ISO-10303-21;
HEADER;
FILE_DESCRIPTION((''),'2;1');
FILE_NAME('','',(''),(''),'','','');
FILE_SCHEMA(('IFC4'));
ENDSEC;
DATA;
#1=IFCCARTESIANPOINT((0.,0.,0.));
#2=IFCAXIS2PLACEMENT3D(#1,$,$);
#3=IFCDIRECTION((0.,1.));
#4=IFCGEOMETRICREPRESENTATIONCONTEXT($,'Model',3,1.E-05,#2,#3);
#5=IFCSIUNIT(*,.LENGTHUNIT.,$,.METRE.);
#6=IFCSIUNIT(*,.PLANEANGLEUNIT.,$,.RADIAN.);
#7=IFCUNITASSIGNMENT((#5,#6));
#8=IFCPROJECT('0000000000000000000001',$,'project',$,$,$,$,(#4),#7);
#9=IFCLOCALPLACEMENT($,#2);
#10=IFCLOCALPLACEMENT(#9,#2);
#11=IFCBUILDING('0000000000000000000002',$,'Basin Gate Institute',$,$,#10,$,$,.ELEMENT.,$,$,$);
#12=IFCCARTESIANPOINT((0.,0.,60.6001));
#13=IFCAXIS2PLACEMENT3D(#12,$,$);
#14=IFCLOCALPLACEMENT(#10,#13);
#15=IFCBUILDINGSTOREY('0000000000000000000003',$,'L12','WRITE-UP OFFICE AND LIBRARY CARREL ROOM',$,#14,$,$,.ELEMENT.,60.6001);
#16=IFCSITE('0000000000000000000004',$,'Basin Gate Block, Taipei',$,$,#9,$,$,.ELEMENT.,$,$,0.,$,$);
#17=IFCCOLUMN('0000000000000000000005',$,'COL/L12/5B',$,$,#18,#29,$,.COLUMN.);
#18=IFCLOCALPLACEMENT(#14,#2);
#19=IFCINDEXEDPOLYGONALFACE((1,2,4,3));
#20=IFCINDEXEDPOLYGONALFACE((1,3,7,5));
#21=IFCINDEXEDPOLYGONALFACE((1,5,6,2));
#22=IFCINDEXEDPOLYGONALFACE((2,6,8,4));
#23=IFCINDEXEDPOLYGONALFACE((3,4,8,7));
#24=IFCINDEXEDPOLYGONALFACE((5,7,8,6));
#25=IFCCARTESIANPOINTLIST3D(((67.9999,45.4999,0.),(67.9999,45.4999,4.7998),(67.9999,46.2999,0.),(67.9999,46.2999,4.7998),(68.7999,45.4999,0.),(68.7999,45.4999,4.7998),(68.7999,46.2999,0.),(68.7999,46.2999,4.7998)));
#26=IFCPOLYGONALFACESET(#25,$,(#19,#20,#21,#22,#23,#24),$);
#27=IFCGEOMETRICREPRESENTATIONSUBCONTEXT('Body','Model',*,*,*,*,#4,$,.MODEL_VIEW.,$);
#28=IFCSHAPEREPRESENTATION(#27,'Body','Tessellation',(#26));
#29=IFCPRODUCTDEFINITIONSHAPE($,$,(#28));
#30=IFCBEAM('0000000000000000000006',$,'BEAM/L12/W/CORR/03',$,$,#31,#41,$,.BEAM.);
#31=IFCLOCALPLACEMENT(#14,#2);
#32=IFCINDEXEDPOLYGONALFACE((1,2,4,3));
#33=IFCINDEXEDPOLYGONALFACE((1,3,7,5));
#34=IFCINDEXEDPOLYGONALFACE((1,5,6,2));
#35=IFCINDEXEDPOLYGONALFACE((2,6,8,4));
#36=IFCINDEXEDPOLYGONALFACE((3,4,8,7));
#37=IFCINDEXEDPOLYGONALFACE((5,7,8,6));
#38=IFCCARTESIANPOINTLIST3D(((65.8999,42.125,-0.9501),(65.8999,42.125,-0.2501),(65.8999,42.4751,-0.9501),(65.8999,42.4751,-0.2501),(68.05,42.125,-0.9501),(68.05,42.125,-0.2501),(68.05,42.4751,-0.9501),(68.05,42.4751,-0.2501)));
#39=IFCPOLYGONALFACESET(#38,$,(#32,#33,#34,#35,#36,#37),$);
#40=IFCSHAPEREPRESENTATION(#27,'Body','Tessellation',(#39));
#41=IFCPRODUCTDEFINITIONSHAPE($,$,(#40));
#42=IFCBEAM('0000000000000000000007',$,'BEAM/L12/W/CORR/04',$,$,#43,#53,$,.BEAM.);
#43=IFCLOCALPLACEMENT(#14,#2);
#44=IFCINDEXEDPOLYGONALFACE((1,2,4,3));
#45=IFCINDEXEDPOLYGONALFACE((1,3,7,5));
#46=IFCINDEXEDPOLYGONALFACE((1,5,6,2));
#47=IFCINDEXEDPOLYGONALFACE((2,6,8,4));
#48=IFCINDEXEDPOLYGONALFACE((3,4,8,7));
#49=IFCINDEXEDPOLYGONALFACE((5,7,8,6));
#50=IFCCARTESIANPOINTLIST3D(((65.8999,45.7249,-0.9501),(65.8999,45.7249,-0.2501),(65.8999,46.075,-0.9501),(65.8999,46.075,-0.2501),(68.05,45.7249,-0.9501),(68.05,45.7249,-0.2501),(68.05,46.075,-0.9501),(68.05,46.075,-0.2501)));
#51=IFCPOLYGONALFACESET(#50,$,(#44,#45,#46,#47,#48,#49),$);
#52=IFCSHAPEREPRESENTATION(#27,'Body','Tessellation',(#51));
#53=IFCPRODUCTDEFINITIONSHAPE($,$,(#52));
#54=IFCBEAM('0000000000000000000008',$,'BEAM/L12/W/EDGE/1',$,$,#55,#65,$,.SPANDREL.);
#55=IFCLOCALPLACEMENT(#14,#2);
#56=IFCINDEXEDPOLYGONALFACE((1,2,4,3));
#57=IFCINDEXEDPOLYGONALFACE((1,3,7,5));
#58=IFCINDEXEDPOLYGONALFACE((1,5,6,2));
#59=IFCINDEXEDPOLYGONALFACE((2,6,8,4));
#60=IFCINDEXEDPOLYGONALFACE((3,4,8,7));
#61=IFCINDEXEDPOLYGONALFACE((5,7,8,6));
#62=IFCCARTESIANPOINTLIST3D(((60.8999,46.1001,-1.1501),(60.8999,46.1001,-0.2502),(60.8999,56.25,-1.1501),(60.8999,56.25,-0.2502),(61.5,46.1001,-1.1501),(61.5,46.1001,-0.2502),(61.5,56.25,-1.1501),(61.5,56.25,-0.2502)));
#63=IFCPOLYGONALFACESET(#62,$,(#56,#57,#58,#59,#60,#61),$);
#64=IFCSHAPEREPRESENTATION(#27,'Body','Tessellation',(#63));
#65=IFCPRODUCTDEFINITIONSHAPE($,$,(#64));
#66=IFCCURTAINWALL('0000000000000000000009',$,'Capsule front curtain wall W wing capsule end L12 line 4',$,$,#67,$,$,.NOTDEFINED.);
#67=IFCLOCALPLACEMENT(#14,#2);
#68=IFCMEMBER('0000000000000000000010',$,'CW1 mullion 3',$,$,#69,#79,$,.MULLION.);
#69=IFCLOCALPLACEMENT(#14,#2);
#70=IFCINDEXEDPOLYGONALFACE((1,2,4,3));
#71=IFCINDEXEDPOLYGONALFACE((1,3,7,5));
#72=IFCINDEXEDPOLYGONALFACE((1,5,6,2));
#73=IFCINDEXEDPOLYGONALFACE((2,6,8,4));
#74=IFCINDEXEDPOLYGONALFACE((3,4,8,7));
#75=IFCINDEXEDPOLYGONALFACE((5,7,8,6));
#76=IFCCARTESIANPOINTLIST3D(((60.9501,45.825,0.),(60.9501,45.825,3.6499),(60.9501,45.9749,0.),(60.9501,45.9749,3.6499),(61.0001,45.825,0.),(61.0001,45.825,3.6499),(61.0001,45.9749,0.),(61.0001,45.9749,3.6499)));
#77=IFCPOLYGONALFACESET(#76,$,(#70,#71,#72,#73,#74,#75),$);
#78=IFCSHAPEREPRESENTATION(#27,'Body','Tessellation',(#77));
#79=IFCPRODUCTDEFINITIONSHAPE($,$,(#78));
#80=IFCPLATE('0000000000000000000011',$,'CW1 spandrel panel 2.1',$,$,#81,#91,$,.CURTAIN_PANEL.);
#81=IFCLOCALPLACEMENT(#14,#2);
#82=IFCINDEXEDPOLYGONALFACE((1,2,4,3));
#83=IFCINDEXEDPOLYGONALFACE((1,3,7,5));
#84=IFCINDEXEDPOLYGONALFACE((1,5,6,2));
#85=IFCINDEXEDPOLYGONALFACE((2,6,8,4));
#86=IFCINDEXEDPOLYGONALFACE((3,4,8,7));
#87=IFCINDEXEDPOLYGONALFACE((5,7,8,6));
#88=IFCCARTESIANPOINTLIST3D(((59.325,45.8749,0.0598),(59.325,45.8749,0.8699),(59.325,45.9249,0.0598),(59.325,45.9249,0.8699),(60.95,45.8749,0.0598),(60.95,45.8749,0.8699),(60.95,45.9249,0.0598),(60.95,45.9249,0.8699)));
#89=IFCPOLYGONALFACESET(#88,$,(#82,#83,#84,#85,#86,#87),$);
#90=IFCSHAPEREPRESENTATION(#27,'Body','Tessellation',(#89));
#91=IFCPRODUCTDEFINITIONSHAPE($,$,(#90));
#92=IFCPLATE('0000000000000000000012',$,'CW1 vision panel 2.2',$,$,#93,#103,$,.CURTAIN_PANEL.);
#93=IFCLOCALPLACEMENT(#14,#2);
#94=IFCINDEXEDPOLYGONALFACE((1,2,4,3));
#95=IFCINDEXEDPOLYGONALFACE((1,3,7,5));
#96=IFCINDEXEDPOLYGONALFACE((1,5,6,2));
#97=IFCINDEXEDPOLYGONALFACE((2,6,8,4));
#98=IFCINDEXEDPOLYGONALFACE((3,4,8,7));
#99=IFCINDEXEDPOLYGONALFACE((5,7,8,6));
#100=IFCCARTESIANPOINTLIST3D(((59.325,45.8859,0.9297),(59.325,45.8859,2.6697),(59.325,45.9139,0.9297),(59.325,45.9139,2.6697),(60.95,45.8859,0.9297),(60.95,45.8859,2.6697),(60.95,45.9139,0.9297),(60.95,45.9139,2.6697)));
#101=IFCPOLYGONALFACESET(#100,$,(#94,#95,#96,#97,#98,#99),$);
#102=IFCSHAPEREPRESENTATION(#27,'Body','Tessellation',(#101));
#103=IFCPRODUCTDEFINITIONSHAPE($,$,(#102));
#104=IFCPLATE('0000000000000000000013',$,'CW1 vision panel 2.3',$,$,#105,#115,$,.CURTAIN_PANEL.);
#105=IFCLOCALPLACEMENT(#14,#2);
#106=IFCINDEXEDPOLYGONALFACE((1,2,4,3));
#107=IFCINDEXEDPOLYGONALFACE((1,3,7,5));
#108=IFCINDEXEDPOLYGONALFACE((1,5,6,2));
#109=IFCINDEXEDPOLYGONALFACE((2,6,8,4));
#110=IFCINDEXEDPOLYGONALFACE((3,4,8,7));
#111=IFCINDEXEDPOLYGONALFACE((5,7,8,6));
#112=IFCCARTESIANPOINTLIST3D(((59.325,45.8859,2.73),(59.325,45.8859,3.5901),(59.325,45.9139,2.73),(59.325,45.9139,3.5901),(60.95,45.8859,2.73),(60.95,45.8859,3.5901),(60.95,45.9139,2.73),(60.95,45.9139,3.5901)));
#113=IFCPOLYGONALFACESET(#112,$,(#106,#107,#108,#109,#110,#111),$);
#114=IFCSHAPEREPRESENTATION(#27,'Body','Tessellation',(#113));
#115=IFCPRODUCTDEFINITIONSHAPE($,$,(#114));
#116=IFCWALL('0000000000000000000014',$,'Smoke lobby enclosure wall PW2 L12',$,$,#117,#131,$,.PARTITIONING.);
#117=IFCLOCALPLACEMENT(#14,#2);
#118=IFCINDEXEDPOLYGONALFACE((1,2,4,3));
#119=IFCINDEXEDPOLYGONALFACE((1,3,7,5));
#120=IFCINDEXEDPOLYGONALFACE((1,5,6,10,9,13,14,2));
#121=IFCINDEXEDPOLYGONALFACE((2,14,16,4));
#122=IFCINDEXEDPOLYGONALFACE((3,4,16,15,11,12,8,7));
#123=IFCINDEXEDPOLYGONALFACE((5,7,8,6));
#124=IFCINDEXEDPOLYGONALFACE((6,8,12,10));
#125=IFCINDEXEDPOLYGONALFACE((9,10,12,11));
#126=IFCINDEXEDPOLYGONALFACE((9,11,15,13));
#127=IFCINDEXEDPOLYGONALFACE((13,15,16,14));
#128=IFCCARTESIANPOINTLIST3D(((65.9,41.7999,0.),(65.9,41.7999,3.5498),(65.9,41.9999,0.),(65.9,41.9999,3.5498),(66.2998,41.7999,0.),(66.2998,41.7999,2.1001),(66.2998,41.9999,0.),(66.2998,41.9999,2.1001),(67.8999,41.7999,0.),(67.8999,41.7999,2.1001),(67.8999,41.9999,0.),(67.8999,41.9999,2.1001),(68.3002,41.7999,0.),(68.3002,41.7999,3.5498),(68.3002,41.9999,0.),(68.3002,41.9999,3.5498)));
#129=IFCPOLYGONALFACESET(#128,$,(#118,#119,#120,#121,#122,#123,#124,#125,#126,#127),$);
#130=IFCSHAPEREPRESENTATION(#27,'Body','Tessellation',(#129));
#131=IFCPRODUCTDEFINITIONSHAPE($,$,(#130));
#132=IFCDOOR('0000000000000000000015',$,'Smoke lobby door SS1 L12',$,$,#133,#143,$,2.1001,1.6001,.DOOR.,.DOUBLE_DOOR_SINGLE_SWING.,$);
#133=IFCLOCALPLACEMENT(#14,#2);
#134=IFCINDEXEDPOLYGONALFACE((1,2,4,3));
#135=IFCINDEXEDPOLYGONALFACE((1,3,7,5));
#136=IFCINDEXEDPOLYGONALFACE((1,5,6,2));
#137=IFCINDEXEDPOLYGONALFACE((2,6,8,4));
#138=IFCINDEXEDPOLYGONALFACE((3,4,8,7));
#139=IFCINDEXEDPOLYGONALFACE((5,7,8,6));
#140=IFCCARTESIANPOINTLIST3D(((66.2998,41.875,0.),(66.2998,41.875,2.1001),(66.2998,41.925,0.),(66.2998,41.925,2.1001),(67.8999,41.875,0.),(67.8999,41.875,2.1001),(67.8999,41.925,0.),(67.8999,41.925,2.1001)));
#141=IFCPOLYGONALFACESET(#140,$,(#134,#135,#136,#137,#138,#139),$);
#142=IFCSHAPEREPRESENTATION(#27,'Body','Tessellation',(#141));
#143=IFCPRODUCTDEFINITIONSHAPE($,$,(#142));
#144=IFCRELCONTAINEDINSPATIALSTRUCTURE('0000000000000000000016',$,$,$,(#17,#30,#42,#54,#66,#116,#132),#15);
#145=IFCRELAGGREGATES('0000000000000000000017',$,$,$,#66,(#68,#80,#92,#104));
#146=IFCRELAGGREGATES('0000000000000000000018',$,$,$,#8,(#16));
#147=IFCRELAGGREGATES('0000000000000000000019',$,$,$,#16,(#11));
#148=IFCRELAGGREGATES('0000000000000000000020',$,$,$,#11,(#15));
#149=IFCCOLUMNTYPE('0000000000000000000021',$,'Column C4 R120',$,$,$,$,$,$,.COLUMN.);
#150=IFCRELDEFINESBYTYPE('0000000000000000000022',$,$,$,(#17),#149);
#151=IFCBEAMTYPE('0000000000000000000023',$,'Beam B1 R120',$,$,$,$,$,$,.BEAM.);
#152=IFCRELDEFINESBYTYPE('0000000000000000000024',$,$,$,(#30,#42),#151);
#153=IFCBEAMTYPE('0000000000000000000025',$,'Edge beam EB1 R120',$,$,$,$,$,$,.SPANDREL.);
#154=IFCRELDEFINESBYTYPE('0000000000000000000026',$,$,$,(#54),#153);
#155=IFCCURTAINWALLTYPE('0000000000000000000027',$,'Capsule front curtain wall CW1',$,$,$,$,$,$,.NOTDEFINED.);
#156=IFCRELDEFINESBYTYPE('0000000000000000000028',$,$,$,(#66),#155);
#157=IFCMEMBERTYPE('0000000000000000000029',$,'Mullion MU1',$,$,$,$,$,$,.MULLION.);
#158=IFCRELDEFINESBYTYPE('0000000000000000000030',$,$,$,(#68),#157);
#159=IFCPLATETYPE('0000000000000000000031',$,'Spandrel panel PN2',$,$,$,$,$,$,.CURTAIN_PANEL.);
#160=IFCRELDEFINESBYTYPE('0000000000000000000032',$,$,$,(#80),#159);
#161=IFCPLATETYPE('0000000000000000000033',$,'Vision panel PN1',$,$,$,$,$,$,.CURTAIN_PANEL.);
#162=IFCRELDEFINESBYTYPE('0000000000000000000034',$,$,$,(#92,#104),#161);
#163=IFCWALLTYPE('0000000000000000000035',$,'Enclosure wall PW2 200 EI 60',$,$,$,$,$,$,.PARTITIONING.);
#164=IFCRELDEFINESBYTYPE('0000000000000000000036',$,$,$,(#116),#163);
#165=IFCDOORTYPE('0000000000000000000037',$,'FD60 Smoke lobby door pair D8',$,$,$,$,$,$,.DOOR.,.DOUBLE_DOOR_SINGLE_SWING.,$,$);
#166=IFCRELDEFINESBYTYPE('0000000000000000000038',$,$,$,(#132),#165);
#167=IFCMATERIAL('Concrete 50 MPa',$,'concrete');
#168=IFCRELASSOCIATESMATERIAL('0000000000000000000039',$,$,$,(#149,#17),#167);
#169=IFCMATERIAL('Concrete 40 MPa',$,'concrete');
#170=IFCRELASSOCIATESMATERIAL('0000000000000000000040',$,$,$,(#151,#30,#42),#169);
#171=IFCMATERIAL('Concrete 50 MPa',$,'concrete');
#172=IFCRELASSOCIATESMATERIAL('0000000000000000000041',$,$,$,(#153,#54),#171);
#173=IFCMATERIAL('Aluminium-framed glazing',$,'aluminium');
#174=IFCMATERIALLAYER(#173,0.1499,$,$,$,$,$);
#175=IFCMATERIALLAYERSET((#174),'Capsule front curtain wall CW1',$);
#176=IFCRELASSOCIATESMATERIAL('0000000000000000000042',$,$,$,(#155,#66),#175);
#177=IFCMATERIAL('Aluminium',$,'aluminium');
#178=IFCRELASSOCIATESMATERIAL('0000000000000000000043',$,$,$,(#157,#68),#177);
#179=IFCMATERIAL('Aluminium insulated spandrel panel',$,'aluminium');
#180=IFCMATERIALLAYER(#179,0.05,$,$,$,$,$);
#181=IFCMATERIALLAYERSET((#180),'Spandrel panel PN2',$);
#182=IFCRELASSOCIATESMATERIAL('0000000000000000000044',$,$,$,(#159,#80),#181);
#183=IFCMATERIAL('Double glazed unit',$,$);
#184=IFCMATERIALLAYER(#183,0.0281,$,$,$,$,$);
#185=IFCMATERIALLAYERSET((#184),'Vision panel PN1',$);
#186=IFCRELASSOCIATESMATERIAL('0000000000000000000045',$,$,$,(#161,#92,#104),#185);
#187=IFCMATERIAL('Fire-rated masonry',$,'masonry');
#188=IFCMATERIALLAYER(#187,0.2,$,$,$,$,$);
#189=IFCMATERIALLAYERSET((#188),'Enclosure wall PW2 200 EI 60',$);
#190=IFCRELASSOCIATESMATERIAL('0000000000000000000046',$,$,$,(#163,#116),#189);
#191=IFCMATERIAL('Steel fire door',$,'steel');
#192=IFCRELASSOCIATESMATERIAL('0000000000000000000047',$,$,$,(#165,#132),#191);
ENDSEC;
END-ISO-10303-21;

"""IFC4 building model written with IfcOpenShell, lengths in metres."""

from ifc_helpers import new_model, si_unit, direction, frame, frame_2d, origin, origin_2d, place, context, subcontext, project, spatial, rectangle, extrude, material, layer, layer_set, material_profile, profile_set, type_object, element, fill, aggregate, save


model = new_model("IFC4")

# Units and contexts
model_context = context("Model", 3, precision=1e-05, world=origin(), true_north=direction((0.0, 1.0)))
body_context = subcontext(model_context, "Body", "Model", "MODEL_VIEW")
ifc_project = project(units=[si_unit("LENGTHUNIT", "METRE"), si_unit("PLANEANGLEUNIT", "RADIAN")], contexts=[model_context])

# Site, building, storey
site_placement = place(None, origin())
site = spatial("IfcSite", under=ifc_project, at=site_placement, Name="Basin Gate Block, Taipei", CompositionType="ELEMENT", RefElevation=0.0)
building_placement = place(site_placement, origin())
building = spatial("IfcBuilding", under=site, at=building_placement, Name="Basin Gate Institute", CompositionType="ELEMENT")
storey_placement = place(building_placement, frame((0.0, 0.0, 60.6001)))
storey = spatial("IfcBuildingStorey", under=building, at=storey_placement, Name="L12", Description="WRITE-UP OFFICE AND LIBRARY CARREL ROOM", CompositionType="ELEMENT", Elevation=60.6001)

# Column
ifc_material_1 = material(Name="Concrete 50 MPa", Category="concrete")
ifc_material_profile_1 = material_profile(ifc_material_1, rectangle(XDim=0.8, YDim=0.8, at=origin_2d()), Name="Column C4 800 x 800")
ifc_profile_set_1 = profile_set([ifc_material_profile_1], Name="Concrete 50 MPa")
column_type = type_object("IfcColumnType", Name="Column C4 R120", PredefinedType="COLUMN", material=ifc_profile_set_1)
column_placement = place(storey_placement, frame((68.3999, 45.8999, 0.0), z_axis=(0.0, 0.0, 1.0), x_axis=(1.0, 0.0, 0.0)))
element("IfcColumn", 1, at=column_placement, inside=storey, type_object=column_type, material=ifc_profile_set_1, Name="COL/L12/5B", PredefinedType="COLUMN", context=body_context, shape_type="SweptSolid", body=[
    extrude(rectangle(XDim=0.8, YDim=0.8, at=origin_2d()), origin(), (0.0, 0.0, 1.0), 4.7998),
])

# Beams
ifc_material_2 = material(Name="Concrete 40 MPa", Category="concrete")
ifc_material_profile_2 = material_profile(ifc_material_2, rectangle(XDim=0.3501, YDim=0.7, at=origin_2d()), Name="Beam B1 350 x 700")
ifc_profile_set_2 = profile_set([ifc_material_profile_2], Name="Concrete 40 MPa")
beam_type_1 = type_object("IfcBeamType", Name="Beam B1 R120", PredefinedType="BEAM", material=ifc_profile_set_2)
for number, where, z_axis, x_axis, name in (
    (2, (65.8999, 42.3, -0.6001), (1.0, 0.0, 0.0), (0.0, 1.0, 0.0), "BEAM/L12/W/CORR/03"),
    (3, (65.8999, 45.8999, -0.6001), (1.0, 0.0, 0.0), (0.0, 1.0, 0.0), "BEAM/L12/W/CORR/04"),
):
    element("IfcBeam", number, at=place(storey_placement, frame(where, z_axis=z_axis, x_axis=x_axis)), inside=storey, type_object=beam_type_1, material=ifc_profile_set_2, Name=name, PredefinedType="BEAM", context=body_context, shape_type="SweptSolid", body=[
        extrude(rectangle(XDim=0.3501, YDim=0.7, at=origin_2d()), origin(), (0.0, 0.0, 1.0), 2.1501),
    ])
ifc_material_3 = material(Name="Concrete 50 MPa", Category="concrete")
ifc_material_profile_3 = material_profile(ifc_material_3, rectangle(XDim=0.6001, YDim=0.8999, at=origin_2d()), Name="Edge beam EB1 600 x 900")
ifc_profile_set_3 = profile_set([ifc_material_profile_3], Name="Concrete 50 MPa")
beam_type_2 = type_object("IfcBeamType", Name="Edge beam EB1 R120", PredefinedType="SPANDREL", material=ifc_profile_set_3)
beam_placement = place(storey_placement, frame((61.2, 46.1001, -0.7002), z_axis=(0.0, 1.0, 0.0), x_axis=(-1.0, 0.0, 0.0)))
element("IfcBeam", 4, at=beam_placement, inside=storey, type_object=beam_type_2, material=ifc_profile_set_3, Name="BEAM/L12/W/EDGE/1", PredefinedType="SPANDREL", context=body_context, shape_type="SweptSolid", body=[
    extrude(rectangle(XDim=0.6001, YDim=0.8999, at=origin_2d()), origin(), (0.0, 0.0, 1.0), 10.1499),
])

# Curtain wall, member, plates
ifc_material_4 = material(Name="Aluminium-framed glazing", Category="aluminium")
ifc_layer_1 = layer(ifc_material_4, 0.1499)
ifc_layer_set_1 = layer_set([ifc_layer_1], Name="Capsule front curtain wall CW1")
curtain_wall_type = type_object("IfcCurtainWallType", Name="Capsule front curtain wall CW1", PredefinedType="NOTDEFINED", material=ifc_layer_set_1)
curtain_wall_placement = place(storey_placement, origin())
curtain_wall = element("IfcCurtainWall", 5, at=curtain_wall_placement, inside=storey, type_object=curtain_wall_type, material=ifc_layer_set_1, Name="Capsule front curtain wall W wing capsule end L12 line 4", PredefinedType="NOTDEFINED")
ifc_material_5 = material(Name="Aluminium", Category="aluminium")
ifc_material_profile_4 = material_profile(ifc_material_5, rectangle(XDim=0.1499, YDim=0.05, at=origin_2d()), Name="Mullion MU1 150 x 50")
ifc_profile_set_4 = profile_set([ifc_material_profile_4], Name="Aluminium")
member_type = type_object("IfcMemberType", Name="Mullion MU1", PredefinedType="MULLION", material=ifc_profile_set_4)
member_placement = place(storey_placement, frame((60.9751, 45.8999, 0.0), z_axis=(0.0, 0.0, 1.0), x_axis=(0.0, 1.0, 0.0)))
member = element("IfcMember", 6, at=member_placement, type_object=member_type, material=ifc_profile_set_4, Name="CW1 mullion 3", PredefinedType="MULLION", context=body_context, shape_type="SweptSolid", body=[
    extrude(rectangle(XDim=0.1499, YDim=0.05, at=origin_2d()), origin(), (0.0, 0.0, 1.0), 3.6499),
])
ifc_material_6 = material(Name="Aluminium insulated spandrel panel", Category="aluminium")
ifc_layer_2 = layer(ifc_material_6, 0.05)
ifc_layer_set_2 = layer_set([ifc_layer_2], Name="Spandrel panel PN2")
plate_type_1 = type_object("IfcPlateType", Name="Spandrel panel PN2", PredefinedType="CURTAIN_PANEL", material=ifc_layer_set_2)
plate_1_placement = place(storey_placement, frame((60.1375, 45.8999, 0.0598), z_axis=(0.0, 0.0, 1.0), x_axis=(1.0, 0.0, 0.0)))
plate_1 = element("IfcPlate", 7, at=plate_1_placement, type_object=plate_type_1, material=ifc_layer_set_2, Name="CW1 spandrel panel 2.1", PredefinedType="CURTAIN_PANEL", context=body_context, shape_type="SweptSolid", body=[
    extrude(rectangle(XDim=1.625, YDim=0.05, at=origin_2d()), origin(), (0.0, 0.0, 1.0), 0.8101),
])
ifc_material_7 = material(Name="Double glazed unit")
ifc_layer_3 = layer(ifc_material_7, 0.0281)
ifc_layer_set_3 = layer_set([ifc_layer_3], Name="Vision panel PN1")
plate_type_2 = type_object("IfcPlateType", Name="Vision panel PN1", PredefinedType="CURTAIN_PANEL", material=ifc_layer_set_3)
plate_2_placement = place(storey_placement, frame((60.1375, 45.8999, 0.9297), z_axis=(0.0, 0.0, 1.0), x_axis=(1.0, 0.0, 0.0)))
plate_2 = element("IfcPlate", 8, at=plate_2_placement, type_object=plate_type_2, material=ifc_layer_set_3, Name="CW1 vision panel 2.2", PredefinedType="CURTAIN_PANEL", context=body_context, shape_type="SweptSolid", body=[
    extrude(rectangle(XDim=1.625, YDim=0.0281, at=origin_2d()), origin(), (0.0, 0.0, 1.0), 1.74),
])
plate_3_placement = place(storey_placement, frame((60.1375, 45.8999, 2.73), z_axis=(0.0, 0.0, 1.0), x_axis=(1.0, 0.0, 0.0)))
plate_3 = element("IfcPlate", 9, at=plate_3_placement, type_object=plate_type_2, material=ifc_layer_set_3, Name="CW1 vision panel 2.3", PredefinedType="CURTAIN_PANEL", context=body_context, shape_type="SweptSolid", body=[
    extrude(rectangle(XDim=1.625, YDim=0.0281, at=origin_2d()), origin(), (0.0, 0.0, 1.0), 0.8601),
])
aggregate(curtain_wall, [member, plate_1, plate_2, plate_3])

# Wall, opening, door
ifc_material_8 = material(Name="Fire-rated masonry", Category="masonry")
ifc_layer_4 = layer(ifc_material_8, 0.2)
ifc_layer_set_4 = layer_set([ifc_layer_4], Name="Enclosure wall PW2 200 EI 60")
wall_type_1 = type_object("IfcWallType", Name="Enclosure wall PW2 200 EI 60", PredefinedType="PARTITIONING", material=ifc_layer_set_4)
wall_1_placement = place(storey_placement, frame((65.8999, 41.8999, 0.0), z_axis=(0.0, 0.0, 1.0), x_axis=(1.0, 0.0, 0.0)))
wall_1 = element("IfcWall", 10, at=wall_1_placement, inside=storey, type_object=wall_type_1, material=ifc_layer_set_4, Name="Smoke lobby enclosure wall PW2 L12", PredefinedType="PARTITIONING", context=body_context, shape_type="SweptSolid", body=[
    extrude(rectangle(XDim=2.4001, YDim=0.2, at=frame_2d((1.2002, 0.0))), origin(), (0.0, 0.0, 1.0), 3.5498),
])
opening_1_placement = place(wall_1_placement, frame((0.3999, 0.0, 0.0)))
opening_1 = element("IfcOpeningElement", 11, at=opening_1_placement, cuts=wall_1, PredefinedType="OPENING", context=body_context, shape_type="SweptSolid", body=[
    extrude(rectangle(XDim=1.6001, YDim=2.1001, at=frame_2d((0.8, 1.05))), frame((0.0, 0.1099, 0.0), z_axis=(0.0, -1.0, 0.0), x_axis=(1.0, 0.0, 0.0)), (0.0, 0.0, 1.0), 0.22),
])
ifc_material_9 = material(Name="Steel fire door", Category="steel")
door_type_1 = type_object("IfcDoorType", Name="FD60 Smoke lobby door pair D8", OperationType="DOUBLE_DOOR_SINGLE_SWING", PredefinedType="DOOR", material=ifc_material_9)
door_1_placement = place(opening_1_placement, frame((1.6001, 0.0, 0.0), z_axis=(0.0, 0.0, 1.0), x_axis=(-1.0, 0.0, 0.0)))
door_1 = element("IfcDoor", 12, at=door_1_placement, inside=storey, type_object=door_type_1, material=ifc_material_9, Name="Smoke lobby door SS1 L12", OperationType="DOUBLE_DOOR_SINGLE_SWING", OverallHeight=2.1001, OverallWidth=1.6001, PredefinedType="DOOR", context=body_context, shape_type="SweptSolid", body=[
    extrude(rectangle(XDim=1.6001, YDim=2.1001, at=frame_2d((0.8, 1.05))), frame((0.0, 0.0249, 0.0), z_axis=(0.0, -1.0, 0.0), x_axis=(1.0, 0.0, 0.0)), (0.0, 0.0, 1.0), 0.05),
])
fill(opening_1, door_1)

save(model, "model.ifc")
